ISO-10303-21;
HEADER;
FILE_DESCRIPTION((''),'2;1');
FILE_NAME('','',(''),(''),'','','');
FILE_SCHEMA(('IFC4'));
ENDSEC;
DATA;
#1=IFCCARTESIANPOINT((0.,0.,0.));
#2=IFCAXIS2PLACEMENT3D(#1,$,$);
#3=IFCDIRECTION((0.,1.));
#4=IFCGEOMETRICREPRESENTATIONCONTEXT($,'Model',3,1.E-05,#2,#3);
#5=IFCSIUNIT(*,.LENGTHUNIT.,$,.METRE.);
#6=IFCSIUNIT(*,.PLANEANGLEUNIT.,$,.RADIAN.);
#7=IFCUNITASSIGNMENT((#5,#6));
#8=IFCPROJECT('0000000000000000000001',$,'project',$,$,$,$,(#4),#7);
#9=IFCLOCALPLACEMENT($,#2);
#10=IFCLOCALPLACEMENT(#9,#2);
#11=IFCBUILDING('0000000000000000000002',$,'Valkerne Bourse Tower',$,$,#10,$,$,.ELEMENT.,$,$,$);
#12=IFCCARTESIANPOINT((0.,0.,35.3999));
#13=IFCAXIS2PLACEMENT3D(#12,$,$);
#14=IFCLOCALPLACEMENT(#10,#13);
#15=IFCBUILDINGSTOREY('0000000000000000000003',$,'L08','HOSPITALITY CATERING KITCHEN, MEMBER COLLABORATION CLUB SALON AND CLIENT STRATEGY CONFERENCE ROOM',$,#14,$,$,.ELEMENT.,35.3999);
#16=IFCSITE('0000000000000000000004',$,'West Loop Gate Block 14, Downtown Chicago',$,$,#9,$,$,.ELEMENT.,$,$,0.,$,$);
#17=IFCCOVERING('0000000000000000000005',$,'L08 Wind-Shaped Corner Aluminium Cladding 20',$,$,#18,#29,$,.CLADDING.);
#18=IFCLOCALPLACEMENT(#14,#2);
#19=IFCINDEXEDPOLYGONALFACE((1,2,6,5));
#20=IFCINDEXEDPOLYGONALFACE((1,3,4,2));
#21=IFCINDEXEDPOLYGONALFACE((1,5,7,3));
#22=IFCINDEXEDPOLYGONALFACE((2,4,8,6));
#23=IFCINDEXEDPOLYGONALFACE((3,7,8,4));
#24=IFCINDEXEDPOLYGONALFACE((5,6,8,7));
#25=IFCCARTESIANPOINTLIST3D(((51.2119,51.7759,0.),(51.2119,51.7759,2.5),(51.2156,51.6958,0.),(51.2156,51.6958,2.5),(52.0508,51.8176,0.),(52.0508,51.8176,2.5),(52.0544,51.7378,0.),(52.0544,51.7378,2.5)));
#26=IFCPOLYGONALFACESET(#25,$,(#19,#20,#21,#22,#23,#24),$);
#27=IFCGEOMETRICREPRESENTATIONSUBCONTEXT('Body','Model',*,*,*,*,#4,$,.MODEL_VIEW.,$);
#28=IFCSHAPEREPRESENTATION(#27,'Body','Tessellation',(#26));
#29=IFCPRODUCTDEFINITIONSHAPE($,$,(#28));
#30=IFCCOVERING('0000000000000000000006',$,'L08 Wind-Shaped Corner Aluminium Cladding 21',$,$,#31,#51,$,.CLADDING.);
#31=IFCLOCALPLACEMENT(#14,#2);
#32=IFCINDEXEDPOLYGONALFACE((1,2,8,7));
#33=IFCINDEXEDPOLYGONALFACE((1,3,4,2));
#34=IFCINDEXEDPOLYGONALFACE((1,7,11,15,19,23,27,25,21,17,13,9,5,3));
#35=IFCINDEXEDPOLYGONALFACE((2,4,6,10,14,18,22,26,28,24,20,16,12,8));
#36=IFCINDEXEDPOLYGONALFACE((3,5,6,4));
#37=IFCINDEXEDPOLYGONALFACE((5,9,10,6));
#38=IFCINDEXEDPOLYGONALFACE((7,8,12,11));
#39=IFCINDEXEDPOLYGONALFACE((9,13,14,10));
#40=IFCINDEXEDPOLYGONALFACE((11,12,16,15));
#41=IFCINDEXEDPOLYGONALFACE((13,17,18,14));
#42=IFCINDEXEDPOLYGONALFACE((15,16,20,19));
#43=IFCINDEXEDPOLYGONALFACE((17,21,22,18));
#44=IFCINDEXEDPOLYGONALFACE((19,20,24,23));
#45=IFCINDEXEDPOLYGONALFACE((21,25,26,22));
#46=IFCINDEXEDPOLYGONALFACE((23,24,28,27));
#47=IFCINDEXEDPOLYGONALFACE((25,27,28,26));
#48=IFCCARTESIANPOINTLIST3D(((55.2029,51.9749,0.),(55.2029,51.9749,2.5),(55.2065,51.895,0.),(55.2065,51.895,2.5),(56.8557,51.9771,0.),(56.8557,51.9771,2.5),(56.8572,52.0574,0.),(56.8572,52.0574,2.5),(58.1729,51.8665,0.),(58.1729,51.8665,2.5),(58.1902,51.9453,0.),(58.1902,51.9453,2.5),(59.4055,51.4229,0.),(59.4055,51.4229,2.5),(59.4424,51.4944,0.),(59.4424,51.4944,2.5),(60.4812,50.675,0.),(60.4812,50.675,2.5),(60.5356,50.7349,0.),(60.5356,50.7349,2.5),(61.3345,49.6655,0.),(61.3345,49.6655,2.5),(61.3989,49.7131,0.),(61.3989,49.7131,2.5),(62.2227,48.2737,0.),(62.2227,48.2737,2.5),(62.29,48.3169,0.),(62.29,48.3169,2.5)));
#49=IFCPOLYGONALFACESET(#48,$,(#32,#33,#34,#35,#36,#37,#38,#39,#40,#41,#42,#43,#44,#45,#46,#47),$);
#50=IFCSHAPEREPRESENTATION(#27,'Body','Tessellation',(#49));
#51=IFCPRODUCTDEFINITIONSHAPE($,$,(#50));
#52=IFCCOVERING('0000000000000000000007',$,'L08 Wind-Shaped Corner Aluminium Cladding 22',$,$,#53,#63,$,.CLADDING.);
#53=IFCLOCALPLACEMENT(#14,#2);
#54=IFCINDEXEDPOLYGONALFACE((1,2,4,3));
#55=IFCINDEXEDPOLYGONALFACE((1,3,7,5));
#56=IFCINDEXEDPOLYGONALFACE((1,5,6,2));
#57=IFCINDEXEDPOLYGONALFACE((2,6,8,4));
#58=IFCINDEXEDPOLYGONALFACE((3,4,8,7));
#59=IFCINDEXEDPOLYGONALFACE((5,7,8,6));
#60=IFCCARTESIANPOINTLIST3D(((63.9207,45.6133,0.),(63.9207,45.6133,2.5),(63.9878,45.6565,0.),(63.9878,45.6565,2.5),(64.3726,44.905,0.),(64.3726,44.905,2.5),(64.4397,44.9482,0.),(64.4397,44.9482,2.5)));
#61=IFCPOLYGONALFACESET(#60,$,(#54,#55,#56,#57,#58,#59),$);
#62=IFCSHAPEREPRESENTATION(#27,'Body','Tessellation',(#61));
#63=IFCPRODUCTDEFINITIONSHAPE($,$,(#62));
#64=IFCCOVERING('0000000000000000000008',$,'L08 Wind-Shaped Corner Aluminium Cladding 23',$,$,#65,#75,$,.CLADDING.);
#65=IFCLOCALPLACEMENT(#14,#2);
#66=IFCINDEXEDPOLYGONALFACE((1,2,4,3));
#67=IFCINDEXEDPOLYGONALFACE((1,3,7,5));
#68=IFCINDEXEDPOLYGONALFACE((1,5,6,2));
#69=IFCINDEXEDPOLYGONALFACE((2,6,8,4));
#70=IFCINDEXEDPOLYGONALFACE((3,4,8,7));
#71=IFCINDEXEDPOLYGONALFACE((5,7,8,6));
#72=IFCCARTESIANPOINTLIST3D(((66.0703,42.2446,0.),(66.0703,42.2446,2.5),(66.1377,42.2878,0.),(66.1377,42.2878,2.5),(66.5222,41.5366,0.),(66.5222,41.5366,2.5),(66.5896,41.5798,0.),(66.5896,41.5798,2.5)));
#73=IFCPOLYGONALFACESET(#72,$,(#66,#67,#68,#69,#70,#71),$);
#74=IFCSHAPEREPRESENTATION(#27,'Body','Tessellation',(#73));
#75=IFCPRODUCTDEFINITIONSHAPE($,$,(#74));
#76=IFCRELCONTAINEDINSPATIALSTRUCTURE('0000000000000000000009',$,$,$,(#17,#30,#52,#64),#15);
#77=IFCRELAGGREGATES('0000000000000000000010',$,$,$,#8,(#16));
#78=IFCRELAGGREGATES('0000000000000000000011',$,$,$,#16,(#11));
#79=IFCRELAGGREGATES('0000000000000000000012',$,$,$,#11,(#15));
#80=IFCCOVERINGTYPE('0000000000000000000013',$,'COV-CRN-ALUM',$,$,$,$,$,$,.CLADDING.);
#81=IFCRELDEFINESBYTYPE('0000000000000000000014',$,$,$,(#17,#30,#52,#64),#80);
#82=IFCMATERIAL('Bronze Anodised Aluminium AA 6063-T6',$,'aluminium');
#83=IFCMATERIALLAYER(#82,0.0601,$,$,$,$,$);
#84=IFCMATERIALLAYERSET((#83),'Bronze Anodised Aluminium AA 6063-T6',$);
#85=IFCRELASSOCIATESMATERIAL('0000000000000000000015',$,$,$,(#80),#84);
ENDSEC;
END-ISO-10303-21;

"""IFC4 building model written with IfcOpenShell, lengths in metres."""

from ifc_helpers import new_model, si_unit, direction, frame, origin, place, context, subcontext, project, spatial, polyline, outline, extrude, material, layer, layer_set, type_object, element, save


model = new_model("IFC4")

# Units and contexts
model_context = context("Model", 3, precision=1e-05, world=origin(), true_north=direction((0.0, 1.0)))
body_context = subcontext(model_context, "Body", "Model", "MODEL_VIEW")
ifc_project = project(units=[si_unit("LENGTHUNIT", "METRE"), si_unit("PLANEANGLEUNIT", "RADIAN")], contexts=[model_context])

# Site, building, storey
site_placement = place(None, origin())
site = spatial("IfcSite", under=ifc_project, at=site_placement, Name="West Loop Gate Block 14, Downtown Chicago", CompositionType="ELEMENT", RefElevation=0.0)
building_placement = place(site_placement, origin())
building = spatial("IfcBuilding", under=site, at=building_placement, Name="Valkerne Bourse Tower", CompositionType="ELEMENT")
storey_placement = place(building_placement, frame((0.0, 0.0, 35.3999)))
storey = spatial("IfcBuildingStorey", under=building, at=storey_placement, Name="L08", Description="HOSPITALITY CATERING KITCHEN, MEMBER COLLABORATION CLUB SALON AND CLIENT STRATEGY CONFERENCE ROOM", CompositionType="ELEMENT", Elevation=35.3999)

# Coverings
ifc_material_1 = material(Name="Bronze Anodised Aluminium AA 6063-T6", Category="aluminium")
ifc_layer_1 = layer(ifc_material_1, 0.0601)
ifc_layer_set_1 = layer_set([ifc_layer_1], Name="Bronze Anodised Aluminium AA 6063-T6")
covering_type = type_object("IfcCoveringType", Name="COV-CRN-ALUM", PredefinedType="CLADDING", material=ifc_layer_set_1)
covering_1_placement = place(storey_placement, origin())
element("IfcCovering", 1, at=covering_1_placement, inside=storey, type_object=covering_type, Name="L08 Wind-Shaped Corner Aluminium Cladding 20", PredefinedType="CLADDING", context=body_context, shape_type="SweptSolid", body=[
    extrude(outline(polyline([(52.0508, 51.8176), (52.0544, 51.7378), (51.2156, 51.6958), (51.2119, 51.7759), (52.0508, 51.8176)])), origin(), (0.0, 0.0, 1.0), 2.5),
])
covering_2_placement = place(storey_placement, origin())
element("IfcCovering", 2, at=covering_2_placement, inside=storey, type_object=covering_type, Name="L08 Wind-Shaped Corner Aluminium Cladding 21", PredefinedType="CLADDING", context=body_context, shape_type="SweptSolid", body=[
    extrude(outline(polyline([(56.8572, 52.0574), (58.1902, 51.9453), (59.4424, 51.4944), (60.5356, 50.7349), (61.3989, 49.7131), (62.29, 48.3169), (62.2227, 48.2737), (61.3345, 49.6655), (60.4812, 50.675), (59.4055, 51.4229), (58.1729, 51.8665), (56.8557, 51.9771), (55.2065, 51.895), (55.2029, 51.9749), (56.8572, 52.0574)])), origin(), (0.0, 0.0, 1.0), 2.5),
])
covering_3_placement = place(storey_placement, origin())
element("IfcCovering", 3, at=covering_3_placement, inside=storey, type_object=covering_type, Name="L08 Wind-Shaped Corner Aluminium Cladding 22", PredefinedType="CLADDING", context=body_context, shape_type="SweptSolid", body=[
    extrude(outline(polyline([(64.4397, 44.9482), (64.3726, 44.905), (63.9207, 45.6133), (63.9878, 45.6565), (64.4397, 44.9482)])), origin(), (0.0, 0.0, 1.0), 2.5),
])
covering_4_placement = place(storey_placement, origin())
element("IfcCovering", 4, at=covering_4_placement, inside=storey, type_object=covering_type, Name="L08 Wind-Shaped Corner Aluminium Cladding 23", PredefinedType="CLADDING", context=body_context, shape_type="SweptSolid", body=[
    extrude(outline(polyline([(66.5896, 41.5798), (66.5222, 41.5366), (66.0703, 42.2446), (66.1377, 42.2878), (66.5896, 41.5798)])), origin(), (0.0, 0.0, 1.0), 2.5),
])

save(model, "model.ifc")
